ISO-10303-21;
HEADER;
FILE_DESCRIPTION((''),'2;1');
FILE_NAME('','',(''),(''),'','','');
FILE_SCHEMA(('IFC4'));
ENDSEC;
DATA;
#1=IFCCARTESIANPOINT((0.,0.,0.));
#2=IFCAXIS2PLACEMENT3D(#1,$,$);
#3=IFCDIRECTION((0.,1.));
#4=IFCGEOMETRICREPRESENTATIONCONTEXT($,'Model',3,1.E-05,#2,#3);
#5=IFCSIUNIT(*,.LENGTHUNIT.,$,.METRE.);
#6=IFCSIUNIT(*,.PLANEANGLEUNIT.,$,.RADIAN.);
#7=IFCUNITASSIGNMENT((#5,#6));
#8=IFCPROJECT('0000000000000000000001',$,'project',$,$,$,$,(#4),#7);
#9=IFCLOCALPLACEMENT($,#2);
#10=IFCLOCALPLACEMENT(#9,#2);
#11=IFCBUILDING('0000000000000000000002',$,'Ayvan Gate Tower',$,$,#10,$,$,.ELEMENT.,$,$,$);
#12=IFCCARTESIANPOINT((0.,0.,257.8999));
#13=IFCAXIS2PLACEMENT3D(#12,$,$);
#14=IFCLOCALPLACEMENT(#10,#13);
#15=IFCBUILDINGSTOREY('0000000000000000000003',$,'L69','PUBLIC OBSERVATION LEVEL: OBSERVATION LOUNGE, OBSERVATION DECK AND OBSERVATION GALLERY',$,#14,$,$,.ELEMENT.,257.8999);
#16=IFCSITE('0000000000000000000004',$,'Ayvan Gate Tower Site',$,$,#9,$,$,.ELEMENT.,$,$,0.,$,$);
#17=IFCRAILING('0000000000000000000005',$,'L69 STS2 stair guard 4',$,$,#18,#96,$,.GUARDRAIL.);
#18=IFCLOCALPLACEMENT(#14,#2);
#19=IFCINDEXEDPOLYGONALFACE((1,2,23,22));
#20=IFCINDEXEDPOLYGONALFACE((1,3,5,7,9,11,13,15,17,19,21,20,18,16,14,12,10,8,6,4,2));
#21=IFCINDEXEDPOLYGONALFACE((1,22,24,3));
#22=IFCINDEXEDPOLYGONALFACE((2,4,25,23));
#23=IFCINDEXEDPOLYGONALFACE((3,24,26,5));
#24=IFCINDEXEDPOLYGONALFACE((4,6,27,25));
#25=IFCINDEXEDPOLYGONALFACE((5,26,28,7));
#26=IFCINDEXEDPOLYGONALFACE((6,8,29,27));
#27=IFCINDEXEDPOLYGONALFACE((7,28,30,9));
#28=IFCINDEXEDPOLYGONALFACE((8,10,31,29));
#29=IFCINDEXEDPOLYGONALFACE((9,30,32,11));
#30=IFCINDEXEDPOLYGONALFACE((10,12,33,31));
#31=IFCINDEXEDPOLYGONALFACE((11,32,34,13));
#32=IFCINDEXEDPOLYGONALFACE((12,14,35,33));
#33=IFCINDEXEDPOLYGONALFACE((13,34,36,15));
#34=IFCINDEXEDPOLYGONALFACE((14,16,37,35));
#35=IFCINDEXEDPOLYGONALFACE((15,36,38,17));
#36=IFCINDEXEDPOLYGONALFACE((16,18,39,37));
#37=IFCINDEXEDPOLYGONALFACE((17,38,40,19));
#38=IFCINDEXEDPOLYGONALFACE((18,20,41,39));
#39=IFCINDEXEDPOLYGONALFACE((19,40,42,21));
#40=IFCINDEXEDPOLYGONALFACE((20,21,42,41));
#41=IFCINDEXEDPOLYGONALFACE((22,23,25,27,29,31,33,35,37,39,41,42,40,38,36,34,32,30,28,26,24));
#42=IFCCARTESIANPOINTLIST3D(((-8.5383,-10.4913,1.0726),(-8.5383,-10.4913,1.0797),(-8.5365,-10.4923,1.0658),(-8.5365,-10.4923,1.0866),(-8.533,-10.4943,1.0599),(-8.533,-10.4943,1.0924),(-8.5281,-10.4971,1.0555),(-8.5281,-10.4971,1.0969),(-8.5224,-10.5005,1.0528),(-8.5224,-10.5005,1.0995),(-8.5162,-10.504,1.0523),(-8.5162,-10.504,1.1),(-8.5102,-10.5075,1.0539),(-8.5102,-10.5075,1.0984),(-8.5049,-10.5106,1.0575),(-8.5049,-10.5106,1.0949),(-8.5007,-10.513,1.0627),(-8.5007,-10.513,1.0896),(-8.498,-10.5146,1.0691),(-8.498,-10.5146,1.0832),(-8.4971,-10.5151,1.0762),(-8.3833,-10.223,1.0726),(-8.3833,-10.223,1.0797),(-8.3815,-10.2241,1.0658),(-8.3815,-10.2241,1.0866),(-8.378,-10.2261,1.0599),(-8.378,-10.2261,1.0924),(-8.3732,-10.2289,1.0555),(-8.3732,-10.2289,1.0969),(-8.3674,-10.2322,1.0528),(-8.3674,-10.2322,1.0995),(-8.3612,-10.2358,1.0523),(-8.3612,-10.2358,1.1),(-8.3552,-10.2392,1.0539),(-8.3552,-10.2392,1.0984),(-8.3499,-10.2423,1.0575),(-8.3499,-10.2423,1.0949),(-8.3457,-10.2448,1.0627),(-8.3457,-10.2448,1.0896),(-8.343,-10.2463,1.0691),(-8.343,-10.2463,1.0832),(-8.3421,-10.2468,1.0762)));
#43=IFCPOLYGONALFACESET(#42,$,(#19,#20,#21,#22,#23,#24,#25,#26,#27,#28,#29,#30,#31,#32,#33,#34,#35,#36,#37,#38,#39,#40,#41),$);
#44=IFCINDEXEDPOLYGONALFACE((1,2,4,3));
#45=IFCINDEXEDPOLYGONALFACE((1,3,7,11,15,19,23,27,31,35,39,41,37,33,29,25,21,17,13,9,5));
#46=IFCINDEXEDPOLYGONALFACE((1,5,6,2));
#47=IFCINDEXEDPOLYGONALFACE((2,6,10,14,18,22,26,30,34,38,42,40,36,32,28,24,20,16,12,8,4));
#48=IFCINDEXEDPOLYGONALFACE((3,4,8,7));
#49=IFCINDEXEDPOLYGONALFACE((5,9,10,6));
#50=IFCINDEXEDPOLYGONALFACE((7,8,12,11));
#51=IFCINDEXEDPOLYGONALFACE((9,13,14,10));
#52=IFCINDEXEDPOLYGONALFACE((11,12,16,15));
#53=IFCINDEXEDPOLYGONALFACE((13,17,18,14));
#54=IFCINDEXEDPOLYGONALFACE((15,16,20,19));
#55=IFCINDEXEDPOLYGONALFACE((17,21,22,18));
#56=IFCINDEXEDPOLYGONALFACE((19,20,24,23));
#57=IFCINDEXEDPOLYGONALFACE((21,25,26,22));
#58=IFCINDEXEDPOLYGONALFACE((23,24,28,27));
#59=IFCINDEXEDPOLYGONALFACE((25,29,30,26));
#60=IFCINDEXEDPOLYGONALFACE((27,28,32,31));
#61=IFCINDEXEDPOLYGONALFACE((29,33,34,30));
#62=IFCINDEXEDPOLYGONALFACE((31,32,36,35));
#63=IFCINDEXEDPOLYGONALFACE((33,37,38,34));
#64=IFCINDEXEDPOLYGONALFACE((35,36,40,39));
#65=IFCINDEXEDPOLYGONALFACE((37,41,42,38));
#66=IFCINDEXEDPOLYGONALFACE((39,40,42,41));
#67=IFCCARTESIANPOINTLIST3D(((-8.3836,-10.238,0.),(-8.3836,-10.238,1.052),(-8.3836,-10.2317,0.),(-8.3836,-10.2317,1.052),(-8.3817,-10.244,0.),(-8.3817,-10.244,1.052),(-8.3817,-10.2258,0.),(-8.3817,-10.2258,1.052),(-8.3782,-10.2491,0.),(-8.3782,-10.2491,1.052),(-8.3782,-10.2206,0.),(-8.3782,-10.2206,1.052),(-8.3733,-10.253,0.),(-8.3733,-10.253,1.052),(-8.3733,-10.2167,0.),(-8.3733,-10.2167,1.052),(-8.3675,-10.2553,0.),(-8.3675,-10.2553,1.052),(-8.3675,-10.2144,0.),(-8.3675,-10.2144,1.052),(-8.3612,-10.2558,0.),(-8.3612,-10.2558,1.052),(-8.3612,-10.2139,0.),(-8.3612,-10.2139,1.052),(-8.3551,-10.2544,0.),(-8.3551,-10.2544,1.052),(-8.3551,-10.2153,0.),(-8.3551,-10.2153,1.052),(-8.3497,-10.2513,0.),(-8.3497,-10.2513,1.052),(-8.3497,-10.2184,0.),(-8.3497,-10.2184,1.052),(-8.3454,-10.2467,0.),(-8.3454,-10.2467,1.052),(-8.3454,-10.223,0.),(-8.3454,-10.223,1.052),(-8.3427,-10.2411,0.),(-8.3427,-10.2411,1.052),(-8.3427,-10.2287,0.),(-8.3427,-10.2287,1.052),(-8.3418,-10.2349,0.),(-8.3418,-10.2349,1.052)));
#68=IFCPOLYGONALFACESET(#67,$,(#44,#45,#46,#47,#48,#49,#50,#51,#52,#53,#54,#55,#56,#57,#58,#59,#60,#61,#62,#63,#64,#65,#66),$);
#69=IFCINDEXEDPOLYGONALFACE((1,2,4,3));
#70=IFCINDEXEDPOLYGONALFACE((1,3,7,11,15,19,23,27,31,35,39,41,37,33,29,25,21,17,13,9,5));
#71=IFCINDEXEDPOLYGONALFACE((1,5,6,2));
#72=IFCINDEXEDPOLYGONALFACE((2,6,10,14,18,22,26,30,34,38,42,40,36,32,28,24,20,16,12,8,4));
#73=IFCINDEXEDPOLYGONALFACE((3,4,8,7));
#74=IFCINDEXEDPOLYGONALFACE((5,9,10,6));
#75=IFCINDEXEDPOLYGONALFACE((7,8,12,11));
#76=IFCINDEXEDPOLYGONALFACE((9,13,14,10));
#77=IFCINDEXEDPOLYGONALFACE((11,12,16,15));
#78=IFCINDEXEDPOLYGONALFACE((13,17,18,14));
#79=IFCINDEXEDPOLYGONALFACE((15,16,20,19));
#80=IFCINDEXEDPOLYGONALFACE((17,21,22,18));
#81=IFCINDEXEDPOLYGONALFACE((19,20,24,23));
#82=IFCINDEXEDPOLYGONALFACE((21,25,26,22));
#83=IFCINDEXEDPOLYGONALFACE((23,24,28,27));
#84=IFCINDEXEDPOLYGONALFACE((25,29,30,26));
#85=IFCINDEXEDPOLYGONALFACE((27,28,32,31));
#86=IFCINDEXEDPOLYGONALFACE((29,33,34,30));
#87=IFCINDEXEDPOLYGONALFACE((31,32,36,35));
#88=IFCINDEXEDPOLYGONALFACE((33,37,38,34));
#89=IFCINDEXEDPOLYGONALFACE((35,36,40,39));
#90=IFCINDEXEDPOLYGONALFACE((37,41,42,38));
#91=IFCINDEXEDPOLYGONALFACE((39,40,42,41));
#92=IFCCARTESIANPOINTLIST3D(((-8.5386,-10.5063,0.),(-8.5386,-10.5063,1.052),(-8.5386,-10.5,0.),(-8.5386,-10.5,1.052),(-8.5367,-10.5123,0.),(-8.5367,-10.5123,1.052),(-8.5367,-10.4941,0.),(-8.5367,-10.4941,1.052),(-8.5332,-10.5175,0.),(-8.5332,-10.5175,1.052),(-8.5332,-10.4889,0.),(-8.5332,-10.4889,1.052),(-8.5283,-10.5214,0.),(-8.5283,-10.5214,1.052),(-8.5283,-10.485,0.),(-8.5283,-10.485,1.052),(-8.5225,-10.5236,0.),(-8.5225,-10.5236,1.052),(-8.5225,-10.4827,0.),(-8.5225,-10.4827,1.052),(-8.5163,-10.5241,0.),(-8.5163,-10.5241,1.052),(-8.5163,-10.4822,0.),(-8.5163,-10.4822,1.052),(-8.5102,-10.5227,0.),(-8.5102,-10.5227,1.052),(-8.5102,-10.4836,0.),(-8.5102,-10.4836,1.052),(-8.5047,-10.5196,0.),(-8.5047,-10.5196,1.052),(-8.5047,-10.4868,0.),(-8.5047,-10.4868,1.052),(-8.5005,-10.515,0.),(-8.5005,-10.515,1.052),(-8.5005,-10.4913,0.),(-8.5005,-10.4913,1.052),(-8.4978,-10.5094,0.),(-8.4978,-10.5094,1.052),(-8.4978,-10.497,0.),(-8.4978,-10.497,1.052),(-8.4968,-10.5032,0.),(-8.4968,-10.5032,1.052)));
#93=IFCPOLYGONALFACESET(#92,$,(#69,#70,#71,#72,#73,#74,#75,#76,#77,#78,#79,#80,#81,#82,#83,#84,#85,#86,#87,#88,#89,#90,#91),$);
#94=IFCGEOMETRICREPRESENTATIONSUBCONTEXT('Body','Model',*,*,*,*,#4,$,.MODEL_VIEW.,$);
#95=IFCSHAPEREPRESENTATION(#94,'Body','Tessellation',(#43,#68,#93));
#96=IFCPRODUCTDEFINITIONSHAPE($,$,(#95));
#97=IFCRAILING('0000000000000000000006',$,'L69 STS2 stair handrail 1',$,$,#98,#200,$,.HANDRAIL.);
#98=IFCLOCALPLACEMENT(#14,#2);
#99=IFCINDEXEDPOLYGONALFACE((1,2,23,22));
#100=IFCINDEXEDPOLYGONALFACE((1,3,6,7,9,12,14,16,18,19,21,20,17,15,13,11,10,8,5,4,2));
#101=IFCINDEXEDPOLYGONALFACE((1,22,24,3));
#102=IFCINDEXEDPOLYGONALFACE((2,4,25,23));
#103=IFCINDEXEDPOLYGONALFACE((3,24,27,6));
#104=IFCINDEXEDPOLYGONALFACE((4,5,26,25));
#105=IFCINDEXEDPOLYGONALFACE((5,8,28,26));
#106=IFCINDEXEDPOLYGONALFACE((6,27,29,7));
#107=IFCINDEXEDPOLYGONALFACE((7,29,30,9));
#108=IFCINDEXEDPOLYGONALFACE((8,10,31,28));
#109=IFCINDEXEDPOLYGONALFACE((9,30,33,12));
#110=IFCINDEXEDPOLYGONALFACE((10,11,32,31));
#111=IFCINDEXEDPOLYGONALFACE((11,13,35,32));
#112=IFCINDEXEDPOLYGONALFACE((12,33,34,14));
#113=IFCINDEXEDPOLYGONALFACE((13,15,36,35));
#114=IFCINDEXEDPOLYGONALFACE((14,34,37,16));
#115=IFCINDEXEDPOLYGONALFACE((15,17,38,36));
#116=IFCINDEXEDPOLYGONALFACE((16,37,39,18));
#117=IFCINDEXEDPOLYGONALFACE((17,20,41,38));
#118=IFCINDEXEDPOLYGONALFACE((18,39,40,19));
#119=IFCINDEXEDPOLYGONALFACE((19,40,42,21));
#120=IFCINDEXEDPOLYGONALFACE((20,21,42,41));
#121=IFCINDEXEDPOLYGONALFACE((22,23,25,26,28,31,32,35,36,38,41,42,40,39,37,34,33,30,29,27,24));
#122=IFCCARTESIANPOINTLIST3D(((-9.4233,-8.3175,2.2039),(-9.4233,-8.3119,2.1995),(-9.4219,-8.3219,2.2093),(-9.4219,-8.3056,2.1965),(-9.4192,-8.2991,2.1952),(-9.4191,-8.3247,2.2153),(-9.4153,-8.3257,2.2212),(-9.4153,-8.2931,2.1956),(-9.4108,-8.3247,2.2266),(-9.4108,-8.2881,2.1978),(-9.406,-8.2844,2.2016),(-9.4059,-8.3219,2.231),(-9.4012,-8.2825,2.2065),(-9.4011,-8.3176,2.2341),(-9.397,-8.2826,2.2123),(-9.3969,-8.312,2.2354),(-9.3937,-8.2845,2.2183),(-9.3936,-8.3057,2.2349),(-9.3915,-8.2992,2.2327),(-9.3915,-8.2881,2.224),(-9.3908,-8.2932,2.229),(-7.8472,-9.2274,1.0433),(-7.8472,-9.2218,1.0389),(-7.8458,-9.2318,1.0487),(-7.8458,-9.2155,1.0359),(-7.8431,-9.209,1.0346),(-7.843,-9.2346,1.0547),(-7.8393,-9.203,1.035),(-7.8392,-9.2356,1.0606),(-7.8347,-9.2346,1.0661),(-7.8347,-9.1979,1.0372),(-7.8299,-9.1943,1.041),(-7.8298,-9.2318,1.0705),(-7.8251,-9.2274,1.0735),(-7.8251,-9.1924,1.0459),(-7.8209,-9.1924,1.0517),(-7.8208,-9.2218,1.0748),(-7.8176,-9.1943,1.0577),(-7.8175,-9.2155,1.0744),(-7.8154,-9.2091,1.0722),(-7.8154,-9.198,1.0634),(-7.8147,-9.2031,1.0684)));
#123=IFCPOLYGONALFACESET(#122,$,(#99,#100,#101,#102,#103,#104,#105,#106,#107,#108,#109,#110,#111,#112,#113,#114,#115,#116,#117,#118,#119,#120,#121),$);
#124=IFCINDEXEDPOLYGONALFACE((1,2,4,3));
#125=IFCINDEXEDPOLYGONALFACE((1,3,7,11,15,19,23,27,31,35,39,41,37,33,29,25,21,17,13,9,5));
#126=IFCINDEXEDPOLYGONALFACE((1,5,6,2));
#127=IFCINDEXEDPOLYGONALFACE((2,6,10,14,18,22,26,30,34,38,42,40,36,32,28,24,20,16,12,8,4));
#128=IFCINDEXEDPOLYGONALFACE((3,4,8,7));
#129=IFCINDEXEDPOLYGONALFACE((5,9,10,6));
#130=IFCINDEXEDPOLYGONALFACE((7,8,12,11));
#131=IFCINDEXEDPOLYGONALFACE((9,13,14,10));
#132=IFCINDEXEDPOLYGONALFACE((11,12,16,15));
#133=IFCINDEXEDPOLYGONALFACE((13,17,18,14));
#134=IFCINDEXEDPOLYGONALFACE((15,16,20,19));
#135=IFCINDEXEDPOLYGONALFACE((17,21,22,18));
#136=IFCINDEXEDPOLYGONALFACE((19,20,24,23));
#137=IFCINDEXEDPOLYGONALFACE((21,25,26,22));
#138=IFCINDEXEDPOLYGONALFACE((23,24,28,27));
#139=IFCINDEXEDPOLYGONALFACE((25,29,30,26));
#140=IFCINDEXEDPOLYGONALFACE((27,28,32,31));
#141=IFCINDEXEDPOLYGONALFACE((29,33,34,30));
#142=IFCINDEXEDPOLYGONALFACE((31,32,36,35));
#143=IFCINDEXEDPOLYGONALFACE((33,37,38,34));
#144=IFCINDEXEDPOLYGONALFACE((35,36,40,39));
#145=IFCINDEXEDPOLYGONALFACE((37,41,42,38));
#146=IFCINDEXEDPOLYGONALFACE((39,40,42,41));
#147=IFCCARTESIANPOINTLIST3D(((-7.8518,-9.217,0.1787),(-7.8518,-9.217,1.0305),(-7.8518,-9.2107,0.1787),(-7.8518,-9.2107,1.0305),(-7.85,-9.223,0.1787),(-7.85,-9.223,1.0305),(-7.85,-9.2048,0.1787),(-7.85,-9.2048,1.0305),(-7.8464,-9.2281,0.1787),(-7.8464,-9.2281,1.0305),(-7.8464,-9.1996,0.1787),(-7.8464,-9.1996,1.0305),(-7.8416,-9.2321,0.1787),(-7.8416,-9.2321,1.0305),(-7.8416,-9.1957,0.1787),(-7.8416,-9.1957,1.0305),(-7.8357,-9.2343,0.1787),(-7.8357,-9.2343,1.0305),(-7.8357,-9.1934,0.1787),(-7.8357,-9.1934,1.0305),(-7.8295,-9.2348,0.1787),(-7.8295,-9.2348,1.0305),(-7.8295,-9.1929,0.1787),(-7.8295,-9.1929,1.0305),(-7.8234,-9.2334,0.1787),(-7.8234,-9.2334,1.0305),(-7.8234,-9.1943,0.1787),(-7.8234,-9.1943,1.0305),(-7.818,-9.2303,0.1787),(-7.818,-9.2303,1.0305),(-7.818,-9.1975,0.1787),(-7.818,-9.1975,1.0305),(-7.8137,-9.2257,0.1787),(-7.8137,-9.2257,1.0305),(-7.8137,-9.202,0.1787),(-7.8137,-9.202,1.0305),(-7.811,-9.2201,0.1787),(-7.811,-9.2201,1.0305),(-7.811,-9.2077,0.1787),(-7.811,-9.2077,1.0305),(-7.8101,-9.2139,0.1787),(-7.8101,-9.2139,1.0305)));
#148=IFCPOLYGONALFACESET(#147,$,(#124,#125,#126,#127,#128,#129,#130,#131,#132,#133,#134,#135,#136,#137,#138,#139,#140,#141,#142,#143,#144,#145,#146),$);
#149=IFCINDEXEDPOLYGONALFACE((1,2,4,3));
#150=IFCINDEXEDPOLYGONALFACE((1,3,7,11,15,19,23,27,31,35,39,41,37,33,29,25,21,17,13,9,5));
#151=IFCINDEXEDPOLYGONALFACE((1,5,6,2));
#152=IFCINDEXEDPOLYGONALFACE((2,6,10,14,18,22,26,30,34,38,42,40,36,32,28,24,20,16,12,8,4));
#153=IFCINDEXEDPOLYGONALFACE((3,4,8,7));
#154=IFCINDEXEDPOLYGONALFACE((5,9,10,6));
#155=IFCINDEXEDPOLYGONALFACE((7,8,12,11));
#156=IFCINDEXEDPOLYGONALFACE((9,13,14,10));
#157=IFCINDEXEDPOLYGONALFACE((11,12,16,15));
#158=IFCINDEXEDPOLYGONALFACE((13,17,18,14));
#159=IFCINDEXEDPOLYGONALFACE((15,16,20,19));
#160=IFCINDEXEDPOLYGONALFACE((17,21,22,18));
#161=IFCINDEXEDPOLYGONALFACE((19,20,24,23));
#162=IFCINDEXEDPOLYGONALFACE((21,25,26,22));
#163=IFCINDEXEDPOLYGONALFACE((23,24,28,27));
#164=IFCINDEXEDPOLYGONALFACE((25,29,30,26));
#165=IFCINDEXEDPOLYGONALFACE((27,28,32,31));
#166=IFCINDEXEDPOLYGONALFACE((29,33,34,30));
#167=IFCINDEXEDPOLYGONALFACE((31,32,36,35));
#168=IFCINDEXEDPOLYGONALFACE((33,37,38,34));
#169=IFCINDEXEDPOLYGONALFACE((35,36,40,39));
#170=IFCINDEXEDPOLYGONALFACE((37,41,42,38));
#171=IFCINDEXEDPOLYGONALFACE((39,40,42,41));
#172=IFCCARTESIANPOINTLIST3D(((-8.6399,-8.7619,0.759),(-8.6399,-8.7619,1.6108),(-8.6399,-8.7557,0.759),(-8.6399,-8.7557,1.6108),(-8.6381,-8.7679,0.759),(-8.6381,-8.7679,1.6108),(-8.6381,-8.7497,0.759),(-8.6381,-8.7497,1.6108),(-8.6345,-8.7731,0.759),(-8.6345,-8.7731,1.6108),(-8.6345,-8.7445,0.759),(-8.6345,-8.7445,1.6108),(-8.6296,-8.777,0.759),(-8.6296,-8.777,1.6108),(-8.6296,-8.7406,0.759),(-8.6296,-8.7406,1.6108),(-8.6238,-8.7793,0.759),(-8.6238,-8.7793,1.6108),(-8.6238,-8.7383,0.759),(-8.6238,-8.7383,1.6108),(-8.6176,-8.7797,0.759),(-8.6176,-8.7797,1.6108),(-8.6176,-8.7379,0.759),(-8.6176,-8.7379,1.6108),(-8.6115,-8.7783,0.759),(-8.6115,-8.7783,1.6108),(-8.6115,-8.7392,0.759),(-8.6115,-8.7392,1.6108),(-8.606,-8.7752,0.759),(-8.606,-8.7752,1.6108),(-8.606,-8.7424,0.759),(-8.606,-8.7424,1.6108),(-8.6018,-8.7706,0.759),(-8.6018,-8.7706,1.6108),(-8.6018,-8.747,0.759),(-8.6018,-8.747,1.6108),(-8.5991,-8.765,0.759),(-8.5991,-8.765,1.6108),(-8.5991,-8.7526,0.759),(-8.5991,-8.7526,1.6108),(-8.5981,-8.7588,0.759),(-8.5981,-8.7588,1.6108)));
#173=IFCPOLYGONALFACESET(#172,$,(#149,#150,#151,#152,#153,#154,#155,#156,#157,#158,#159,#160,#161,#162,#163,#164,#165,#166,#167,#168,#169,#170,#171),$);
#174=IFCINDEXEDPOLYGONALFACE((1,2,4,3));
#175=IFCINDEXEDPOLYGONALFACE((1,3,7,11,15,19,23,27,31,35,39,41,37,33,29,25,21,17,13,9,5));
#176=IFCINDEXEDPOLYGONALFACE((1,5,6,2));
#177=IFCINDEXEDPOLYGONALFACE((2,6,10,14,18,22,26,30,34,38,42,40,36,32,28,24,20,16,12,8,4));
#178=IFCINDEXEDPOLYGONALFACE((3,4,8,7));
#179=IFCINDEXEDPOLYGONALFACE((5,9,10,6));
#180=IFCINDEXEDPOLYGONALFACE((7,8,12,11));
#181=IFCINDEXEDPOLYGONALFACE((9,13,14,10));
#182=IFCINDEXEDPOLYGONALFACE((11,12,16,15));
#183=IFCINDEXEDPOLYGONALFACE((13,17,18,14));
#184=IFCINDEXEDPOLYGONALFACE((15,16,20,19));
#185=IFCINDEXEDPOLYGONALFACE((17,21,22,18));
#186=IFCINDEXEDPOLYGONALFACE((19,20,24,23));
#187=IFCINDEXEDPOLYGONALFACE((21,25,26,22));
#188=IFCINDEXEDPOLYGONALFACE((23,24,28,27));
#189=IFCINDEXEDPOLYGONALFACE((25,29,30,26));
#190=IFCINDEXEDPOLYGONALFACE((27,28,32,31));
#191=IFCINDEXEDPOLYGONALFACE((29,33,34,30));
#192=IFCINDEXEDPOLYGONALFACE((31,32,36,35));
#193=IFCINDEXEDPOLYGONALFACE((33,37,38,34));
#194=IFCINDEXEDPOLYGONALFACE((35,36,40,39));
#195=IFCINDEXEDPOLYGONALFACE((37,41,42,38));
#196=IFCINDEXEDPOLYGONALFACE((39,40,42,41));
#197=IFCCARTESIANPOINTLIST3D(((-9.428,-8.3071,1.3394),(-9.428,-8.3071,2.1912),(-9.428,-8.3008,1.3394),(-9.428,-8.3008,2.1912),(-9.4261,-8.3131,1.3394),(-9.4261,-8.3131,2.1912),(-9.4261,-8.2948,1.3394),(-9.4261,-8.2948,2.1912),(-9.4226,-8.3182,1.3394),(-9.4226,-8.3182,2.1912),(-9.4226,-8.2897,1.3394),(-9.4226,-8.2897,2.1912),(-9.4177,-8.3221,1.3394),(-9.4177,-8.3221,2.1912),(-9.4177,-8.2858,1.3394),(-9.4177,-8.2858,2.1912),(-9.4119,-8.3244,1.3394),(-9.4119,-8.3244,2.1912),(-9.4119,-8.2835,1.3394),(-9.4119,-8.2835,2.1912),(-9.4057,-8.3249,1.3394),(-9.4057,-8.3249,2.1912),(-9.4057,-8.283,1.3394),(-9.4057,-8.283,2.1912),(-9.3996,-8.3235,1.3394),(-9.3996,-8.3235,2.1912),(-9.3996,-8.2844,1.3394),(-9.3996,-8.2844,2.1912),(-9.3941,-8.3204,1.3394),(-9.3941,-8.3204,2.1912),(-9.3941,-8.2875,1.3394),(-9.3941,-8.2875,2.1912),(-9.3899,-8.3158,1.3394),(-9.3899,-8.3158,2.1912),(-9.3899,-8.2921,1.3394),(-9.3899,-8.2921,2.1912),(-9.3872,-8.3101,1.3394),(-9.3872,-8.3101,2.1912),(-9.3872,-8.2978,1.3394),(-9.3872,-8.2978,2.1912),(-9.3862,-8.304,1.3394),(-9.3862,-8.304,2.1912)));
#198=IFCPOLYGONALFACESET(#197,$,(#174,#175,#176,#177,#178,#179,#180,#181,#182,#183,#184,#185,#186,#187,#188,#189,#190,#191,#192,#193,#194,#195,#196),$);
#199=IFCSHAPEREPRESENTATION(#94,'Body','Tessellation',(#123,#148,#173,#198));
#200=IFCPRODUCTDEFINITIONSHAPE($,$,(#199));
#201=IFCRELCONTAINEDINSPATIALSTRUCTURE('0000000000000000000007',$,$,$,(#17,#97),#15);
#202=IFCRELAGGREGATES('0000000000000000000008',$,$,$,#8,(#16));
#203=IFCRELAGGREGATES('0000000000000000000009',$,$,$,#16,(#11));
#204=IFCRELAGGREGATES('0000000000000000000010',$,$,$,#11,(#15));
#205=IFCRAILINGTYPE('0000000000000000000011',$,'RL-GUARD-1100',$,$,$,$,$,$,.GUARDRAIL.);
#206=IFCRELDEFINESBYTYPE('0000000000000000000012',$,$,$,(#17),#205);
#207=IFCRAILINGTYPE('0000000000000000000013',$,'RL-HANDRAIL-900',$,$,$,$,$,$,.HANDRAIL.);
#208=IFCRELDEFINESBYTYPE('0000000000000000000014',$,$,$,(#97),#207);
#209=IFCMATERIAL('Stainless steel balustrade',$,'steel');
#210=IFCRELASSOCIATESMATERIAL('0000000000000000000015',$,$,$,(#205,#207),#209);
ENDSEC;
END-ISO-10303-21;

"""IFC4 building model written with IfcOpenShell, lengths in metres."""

from ifc_helpers import new_model, si_unit, direction, frame, origin, origin_2d, place, context, subcontext, project, spatial, circle, extrude, material, type_object, element, save


model = new_model("IFC4")

# Units and contexts
model_context = context("Model", 3, precision=1e-05, world=origin(), true_north=direction((0.0, 1.0)))
body_context = subcontext(model_context, "Body", "Model", "MODEL_VIEW")
ifc_project = project(units=[si_unit("LENGTHUNIT", "METRE"), si_unit("PLANEANGLEUNIT", "RADIAN")], contexts=[model_context])

# Site, building, storey
site_placement = place(None, origin())
site = spatial("IfcSite", under=ifc_project, at=site_placement, Name="Ayvan Gate Tower Site", CompositionType="ELEMENT", RefElevation=0.0)
building_placement = place(site_placement, origin())
building = spatial("IfcBuilding", under=site, at=building_placement, Name="Ayvan Gate Tower", CompositionType="ELEMENT")
storey_placement = place(building_placement, frame((0.0, 0.0, 257.8999)))
storey = spatial("IfcBuildingStorey", under=building, at=storey_placement, Name="L69", Description="PUBLIC OBSERVATION LEVEL: OBSERVATION LOUNGE, OBSERVATION DECK AND OBSERVATION GALLERY", CompositionType="ELEMENT", Elevation=257.8999)

# Railings
ifc_material_1 = material(Name="Stainless steel balustrade", Category="steel")
railing_type_1 = type_object("IfcRailingType", Name="RL-GUARD-1100", PredefinedType="GUARDRAIL", material=ifc_material_1)
railing_1_placement = place(storey_placement, frame((-8.3628, -10.2349, 0.0)))
element("IfcRailing", 1, at=railing_1_placement, inside=storey, type_object=railing_type_1, Name="L69 STS2 stair guard 4", PredefinedType="GUARDRAIL", context=body_context, shape_type="SweptSolid", body=[
    extrude(circle(Radius=0.0239, at=origin_2d()), frame((0.0, 0.0, 1.0762), z_axis=(-0.500291, -0.865857, 0.0), x_axis=(0.865857, -0.500291, 0.0)), (0.0, 0.0, 1.0), 0.3098),
    extrude(circle(Radius=0.021, at=origin_2d()), origin(), (0.0, 0.0, 1.0), 1.052),
    extrude(circle(Radius=0.021, at=origin_2d()), frame((-0.155, -0.2683, 0.0)), (0.0, 0.0, 1.0), 1.052),
])
railing_type_2 = type_object("IfcRailingType", Name="RL-HANDRAIL-900", PredefinedType="HANDRAIL", material=ifc_material_1)
railing_2_placement = place(storey_placement, frame((-7.8311, -9.2139, 0.1787)))
element("IfcRailing", 2, at=railing_2_placement, inside=storey, type_object=railing_type_2, Name="L69 STS2 stair handrail 1", PredefinedType="HANDRAIL", context=body_context, shape_type="SweptSolid", body=[
    extrude(circle(Radius=0.0239, at=origin_2d()), frame((0.0, 0.0, 0.876), z_axis=(-0.730198, 0.421538, 0.537695), x_axis=(-0.499962, -0.866047, 0.0)), (0.0, 0.0, 1.0), 2.1584),
    extrude(circle(Radius=0.021, at=origin_2d()), origin(), (0.0, 0.0, 1.0), 0.8518),
    extrude(circle(Radius=0.021, at=origin_2d()), frame((-0.7881, 0.4551, 0.5803)), (0.0, 0.0, 1.0), 0.8518),
    extrude(circle(Radius=0.021, at=origin_2d()), frame((-1.5762, 0.9099, 1.1606)), (0.0, 0.0, 1.0), 0.8518),
])

save(model, "model.ifc")
